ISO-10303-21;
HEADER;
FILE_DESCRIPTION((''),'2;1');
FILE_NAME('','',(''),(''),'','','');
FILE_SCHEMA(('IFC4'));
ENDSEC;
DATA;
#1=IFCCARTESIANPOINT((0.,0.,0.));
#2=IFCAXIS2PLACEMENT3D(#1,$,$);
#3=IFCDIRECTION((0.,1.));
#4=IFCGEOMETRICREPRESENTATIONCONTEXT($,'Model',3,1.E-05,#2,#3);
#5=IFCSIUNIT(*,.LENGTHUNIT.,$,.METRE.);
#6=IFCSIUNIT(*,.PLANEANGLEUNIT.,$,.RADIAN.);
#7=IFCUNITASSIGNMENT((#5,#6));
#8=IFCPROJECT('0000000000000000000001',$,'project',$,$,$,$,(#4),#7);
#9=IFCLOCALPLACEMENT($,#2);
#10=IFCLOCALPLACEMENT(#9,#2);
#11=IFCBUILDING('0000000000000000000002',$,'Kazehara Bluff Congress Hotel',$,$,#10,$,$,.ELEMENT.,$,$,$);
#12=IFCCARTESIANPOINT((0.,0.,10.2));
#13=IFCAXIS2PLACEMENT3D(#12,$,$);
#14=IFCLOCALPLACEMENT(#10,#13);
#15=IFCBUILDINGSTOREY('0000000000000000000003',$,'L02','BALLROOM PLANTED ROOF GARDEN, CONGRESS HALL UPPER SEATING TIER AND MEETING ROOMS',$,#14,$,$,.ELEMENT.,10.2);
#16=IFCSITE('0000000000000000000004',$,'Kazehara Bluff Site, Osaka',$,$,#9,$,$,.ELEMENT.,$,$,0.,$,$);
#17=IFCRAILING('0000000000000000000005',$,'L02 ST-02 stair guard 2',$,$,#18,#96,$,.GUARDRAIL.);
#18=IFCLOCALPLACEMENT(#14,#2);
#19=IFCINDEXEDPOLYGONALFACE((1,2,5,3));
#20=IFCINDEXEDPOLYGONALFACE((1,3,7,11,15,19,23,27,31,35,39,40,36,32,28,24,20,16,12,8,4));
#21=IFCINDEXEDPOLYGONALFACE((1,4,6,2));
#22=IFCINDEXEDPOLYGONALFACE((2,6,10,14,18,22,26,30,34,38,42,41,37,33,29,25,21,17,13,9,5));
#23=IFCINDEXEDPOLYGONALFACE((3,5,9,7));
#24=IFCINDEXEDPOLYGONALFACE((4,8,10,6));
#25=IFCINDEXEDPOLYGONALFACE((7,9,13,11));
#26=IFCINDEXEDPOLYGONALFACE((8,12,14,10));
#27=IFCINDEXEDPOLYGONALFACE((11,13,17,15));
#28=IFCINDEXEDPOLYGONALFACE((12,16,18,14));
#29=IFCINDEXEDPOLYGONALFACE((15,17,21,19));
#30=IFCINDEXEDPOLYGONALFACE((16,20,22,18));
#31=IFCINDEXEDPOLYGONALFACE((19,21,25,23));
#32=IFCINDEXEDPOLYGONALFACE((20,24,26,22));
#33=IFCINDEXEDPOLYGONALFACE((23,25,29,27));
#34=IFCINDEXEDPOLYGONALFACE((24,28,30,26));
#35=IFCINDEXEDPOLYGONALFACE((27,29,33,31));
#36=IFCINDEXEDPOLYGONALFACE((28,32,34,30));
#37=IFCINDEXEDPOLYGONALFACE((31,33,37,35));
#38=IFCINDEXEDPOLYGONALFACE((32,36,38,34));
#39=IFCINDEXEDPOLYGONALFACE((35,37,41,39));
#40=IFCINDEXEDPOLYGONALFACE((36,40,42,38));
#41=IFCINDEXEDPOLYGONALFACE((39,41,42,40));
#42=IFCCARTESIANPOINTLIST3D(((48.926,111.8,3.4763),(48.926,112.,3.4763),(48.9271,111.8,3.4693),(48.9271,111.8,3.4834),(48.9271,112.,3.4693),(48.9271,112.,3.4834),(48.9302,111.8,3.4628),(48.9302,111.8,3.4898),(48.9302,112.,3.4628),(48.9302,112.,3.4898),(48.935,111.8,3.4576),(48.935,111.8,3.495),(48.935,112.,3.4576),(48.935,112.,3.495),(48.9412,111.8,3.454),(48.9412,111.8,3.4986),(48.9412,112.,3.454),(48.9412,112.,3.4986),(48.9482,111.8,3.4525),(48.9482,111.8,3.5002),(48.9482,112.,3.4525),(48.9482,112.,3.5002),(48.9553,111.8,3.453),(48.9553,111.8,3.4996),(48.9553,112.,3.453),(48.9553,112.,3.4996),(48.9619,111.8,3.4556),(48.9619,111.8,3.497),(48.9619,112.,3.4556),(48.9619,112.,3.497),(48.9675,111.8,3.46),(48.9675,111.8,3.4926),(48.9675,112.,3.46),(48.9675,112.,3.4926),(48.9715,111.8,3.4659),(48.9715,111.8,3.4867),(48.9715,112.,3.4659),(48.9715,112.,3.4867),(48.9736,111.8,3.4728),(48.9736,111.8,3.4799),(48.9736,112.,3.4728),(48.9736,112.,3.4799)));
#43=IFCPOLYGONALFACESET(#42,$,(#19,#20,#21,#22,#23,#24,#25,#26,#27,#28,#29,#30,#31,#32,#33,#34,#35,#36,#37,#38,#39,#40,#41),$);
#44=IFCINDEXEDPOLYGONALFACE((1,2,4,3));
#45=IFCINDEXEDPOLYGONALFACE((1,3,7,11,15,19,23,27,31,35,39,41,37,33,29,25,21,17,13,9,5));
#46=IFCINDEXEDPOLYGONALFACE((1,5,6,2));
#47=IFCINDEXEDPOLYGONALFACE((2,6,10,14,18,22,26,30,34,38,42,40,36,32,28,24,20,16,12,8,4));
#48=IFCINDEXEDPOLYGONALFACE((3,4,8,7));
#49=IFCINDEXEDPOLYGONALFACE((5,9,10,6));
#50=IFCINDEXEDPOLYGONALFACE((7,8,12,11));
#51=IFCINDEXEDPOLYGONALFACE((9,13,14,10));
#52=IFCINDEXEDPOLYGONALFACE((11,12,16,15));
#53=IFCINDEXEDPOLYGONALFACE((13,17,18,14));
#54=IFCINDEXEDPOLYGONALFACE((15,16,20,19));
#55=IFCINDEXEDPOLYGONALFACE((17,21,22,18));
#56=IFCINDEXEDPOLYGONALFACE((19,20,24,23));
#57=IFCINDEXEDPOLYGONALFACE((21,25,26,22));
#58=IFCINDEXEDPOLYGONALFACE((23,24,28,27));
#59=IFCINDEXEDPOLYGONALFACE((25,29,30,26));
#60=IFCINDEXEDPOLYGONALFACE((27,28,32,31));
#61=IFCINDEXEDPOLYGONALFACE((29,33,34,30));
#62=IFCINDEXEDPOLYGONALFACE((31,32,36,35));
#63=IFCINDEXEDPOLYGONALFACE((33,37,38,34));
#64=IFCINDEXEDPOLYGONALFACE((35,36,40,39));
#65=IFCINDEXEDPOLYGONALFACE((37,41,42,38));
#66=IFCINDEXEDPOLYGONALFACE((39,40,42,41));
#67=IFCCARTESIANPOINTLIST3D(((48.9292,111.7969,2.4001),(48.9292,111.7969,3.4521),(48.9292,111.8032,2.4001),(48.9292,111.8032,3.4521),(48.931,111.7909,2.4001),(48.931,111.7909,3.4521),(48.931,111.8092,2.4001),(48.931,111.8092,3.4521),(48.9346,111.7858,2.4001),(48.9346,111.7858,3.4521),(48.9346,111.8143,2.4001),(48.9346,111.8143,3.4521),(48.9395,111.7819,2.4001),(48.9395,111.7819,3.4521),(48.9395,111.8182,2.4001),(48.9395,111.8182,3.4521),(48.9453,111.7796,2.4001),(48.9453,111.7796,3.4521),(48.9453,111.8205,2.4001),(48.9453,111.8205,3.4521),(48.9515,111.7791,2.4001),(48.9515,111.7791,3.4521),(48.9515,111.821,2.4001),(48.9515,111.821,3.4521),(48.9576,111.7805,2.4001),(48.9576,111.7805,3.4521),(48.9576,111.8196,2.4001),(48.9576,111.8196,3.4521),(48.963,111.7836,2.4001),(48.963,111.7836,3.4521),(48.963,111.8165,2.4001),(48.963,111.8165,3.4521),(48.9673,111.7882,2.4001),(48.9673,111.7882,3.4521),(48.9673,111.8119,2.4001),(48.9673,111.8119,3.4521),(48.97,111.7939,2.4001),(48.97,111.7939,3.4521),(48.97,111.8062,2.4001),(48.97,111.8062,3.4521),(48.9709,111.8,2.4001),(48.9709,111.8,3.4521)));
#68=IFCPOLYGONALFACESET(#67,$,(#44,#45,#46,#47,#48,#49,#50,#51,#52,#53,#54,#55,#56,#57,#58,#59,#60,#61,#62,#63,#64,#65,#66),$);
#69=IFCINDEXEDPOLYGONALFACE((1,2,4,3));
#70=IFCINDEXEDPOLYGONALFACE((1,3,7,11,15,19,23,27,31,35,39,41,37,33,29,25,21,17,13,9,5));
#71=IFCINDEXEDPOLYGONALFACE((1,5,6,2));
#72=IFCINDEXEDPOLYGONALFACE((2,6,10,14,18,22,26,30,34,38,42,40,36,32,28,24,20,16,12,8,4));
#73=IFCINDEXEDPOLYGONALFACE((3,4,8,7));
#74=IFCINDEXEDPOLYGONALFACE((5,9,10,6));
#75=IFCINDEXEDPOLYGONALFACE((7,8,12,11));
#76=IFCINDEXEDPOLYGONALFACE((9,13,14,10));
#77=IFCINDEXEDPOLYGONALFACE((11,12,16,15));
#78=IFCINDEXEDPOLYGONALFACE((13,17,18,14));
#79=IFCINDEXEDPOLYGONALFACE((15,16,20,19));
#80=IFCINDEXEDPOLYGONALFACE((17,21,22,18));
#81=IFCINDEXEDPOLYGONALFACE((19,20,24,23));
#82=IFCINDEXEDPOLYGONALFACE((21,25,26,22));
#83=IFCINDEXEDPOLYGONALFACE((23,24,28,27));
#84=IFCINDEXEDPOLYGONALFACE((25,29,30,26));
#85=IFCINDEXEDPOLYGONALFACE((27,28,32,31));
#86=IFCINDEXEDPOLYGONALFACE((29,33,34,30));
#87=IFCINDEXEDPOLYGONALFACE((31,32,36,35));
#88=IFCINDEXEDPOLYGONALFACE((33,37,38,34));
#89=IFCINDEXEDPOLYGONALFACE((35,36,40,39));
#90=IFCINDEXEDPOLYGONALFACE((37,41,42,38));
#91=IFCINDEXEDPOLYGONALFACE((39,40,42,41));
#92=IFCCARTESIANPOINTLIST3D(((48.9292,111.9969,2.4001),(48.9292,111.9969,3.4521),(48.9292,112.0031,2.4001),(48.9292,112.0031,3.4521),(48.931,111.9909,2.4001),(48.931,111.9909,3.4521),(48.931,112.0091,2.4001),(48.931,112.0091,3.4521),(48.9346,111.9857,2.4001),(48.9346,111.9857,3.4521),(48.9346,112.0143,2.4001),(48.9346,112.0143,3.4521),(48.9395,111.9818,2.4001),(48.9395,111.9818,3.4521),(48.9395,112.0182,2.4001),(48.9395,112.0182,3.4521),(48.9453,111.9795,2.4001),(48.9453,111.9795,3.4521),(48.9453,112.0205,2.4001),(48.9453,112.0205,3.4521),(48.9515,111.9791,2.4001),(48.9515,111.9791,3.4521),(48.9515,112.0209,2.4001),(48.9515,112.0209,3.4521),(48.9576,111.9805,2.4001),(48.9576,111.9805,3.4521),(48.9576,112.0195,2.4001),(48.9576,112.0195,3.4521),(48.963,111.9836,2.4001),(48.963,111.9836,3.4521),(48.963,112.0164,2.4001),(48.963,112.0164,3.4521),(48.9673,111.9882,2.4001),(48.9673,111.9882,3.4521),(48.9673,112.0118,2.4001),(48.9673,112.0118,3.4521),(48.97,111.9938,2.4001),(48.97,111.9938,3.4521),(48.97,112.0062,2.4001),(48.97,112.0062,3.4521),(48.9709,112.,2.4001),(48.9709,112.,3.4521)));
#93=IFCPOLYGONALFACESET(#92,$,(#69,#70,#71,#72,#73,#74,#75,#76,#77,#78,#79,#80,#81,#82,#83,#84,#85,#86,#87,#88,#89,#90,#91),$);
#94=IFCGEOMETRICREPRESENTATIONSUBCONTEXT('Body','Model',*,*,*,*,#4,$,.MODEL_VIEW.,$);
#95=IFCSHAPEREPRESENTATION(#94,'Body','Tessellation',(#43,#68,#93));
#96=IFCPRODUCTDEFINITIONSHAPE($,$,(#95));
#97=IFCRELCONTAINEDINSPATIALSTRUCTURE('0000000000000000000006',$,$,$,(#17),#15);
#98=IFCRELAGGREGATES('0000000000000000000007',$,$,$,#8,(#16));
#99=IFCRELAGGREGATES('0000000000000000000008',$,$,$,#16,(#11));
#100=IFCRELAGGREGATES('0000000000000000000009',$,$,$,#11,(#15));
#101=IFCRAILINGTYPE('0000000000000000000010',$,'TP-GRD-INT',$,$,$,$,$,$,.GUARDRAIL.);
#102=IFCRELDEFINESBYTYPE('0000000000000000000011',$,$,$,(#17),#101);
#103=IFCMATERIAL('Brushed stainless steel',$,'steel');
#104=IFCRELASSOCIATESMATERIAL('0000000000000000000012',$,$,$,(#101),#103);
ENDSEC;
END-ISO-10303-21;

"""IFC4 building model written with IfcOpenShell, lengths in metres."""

from ifc_helpers import new_model, si_unit, direction, frame, origin, origin_2d, place, context, subcontext, project, spatial, circle, extrude, material, type_object, element, save


model = new_model("IFC4")

# Units and contexts
model_context = context("Model", 3, precision=1e-05, world=origin(), true_north=direction((0.0, 1.0)))
body_context = subcontext(model_context, "Body", "Model", "MODEL_VIEW")
ifc_project = project(units=[si_unit("LENGTHUNIT", "METRE"), si_unit("PLANEANGLEUNIT", "RADIAN")], contexts=[model_context])

# Site, building, storey
site_placement = place(None, origin())
site = spatial("IfcSite", under=ifc_project, at=site_placement, Name="Kazehara Bluff Site, Osaka", CompositionType="ELEMENT", RefElevation=0.0)
building_placement = place(site_placement, origin())
building = spatial("IfcBuilding", under=site, at=building_placement, Name="Kazehara Bluff Congress Hotel", CompositionType="ELEMENT")
storey_placement = place(building_placement, frame((0.0, 0.0, 10.2)))
storey = spatial("IfcBuildingStorey", under=building, at=storey_placement, Name="L02", Description="BALLROOM PLANTED ROOF GARDEN, CONGRESS HALL UPPER SEATING TIER AND MEETING ROOMS", CompositionType="ELEMENT", Elevation=10.2)

# Railing
ifc_material_1 = material(Name="Brushed stainless steel", Category="steel")
railing_type_1 = type_object("IfcRailingType", Name="TP-GRD-INT", PredefinedType="GUARDRAIL", material=ifc_material_1)
railing_1_placement = place(storey_placement, frame((48.95, 111.8, 2.4001)))
element("IfcRailing", 1, at=railing_1_placement, inside=storey, type_object=railing_type_1, Name="L02 ST-02 stair guard 2", PredefinedType="GUARDRAIL", context=body_context, shape_type="SweptSolid", body=[
    extrude(circle(Radius=0.0239, at=origin_2d()), frame((0.0, 0.0, 1.0762), z_axis=(0.0, 1.0, 0.0), x_axis=(-1.0, 0.0, 0.0)), (0.0, 0.0, 1.0), 0.2),
    extrude(circle(Radius=0.021, at=origin_2d()), origin(), (0.0, 0.0, 1.0), 1.052),
    extrude(circle(Radius=0.021, at=origin_2d()), frame((0.0, 0.2, 0.0)), (0.0, 0.0, 1.0), 1.052),
])

save(model, "model.ifc")
